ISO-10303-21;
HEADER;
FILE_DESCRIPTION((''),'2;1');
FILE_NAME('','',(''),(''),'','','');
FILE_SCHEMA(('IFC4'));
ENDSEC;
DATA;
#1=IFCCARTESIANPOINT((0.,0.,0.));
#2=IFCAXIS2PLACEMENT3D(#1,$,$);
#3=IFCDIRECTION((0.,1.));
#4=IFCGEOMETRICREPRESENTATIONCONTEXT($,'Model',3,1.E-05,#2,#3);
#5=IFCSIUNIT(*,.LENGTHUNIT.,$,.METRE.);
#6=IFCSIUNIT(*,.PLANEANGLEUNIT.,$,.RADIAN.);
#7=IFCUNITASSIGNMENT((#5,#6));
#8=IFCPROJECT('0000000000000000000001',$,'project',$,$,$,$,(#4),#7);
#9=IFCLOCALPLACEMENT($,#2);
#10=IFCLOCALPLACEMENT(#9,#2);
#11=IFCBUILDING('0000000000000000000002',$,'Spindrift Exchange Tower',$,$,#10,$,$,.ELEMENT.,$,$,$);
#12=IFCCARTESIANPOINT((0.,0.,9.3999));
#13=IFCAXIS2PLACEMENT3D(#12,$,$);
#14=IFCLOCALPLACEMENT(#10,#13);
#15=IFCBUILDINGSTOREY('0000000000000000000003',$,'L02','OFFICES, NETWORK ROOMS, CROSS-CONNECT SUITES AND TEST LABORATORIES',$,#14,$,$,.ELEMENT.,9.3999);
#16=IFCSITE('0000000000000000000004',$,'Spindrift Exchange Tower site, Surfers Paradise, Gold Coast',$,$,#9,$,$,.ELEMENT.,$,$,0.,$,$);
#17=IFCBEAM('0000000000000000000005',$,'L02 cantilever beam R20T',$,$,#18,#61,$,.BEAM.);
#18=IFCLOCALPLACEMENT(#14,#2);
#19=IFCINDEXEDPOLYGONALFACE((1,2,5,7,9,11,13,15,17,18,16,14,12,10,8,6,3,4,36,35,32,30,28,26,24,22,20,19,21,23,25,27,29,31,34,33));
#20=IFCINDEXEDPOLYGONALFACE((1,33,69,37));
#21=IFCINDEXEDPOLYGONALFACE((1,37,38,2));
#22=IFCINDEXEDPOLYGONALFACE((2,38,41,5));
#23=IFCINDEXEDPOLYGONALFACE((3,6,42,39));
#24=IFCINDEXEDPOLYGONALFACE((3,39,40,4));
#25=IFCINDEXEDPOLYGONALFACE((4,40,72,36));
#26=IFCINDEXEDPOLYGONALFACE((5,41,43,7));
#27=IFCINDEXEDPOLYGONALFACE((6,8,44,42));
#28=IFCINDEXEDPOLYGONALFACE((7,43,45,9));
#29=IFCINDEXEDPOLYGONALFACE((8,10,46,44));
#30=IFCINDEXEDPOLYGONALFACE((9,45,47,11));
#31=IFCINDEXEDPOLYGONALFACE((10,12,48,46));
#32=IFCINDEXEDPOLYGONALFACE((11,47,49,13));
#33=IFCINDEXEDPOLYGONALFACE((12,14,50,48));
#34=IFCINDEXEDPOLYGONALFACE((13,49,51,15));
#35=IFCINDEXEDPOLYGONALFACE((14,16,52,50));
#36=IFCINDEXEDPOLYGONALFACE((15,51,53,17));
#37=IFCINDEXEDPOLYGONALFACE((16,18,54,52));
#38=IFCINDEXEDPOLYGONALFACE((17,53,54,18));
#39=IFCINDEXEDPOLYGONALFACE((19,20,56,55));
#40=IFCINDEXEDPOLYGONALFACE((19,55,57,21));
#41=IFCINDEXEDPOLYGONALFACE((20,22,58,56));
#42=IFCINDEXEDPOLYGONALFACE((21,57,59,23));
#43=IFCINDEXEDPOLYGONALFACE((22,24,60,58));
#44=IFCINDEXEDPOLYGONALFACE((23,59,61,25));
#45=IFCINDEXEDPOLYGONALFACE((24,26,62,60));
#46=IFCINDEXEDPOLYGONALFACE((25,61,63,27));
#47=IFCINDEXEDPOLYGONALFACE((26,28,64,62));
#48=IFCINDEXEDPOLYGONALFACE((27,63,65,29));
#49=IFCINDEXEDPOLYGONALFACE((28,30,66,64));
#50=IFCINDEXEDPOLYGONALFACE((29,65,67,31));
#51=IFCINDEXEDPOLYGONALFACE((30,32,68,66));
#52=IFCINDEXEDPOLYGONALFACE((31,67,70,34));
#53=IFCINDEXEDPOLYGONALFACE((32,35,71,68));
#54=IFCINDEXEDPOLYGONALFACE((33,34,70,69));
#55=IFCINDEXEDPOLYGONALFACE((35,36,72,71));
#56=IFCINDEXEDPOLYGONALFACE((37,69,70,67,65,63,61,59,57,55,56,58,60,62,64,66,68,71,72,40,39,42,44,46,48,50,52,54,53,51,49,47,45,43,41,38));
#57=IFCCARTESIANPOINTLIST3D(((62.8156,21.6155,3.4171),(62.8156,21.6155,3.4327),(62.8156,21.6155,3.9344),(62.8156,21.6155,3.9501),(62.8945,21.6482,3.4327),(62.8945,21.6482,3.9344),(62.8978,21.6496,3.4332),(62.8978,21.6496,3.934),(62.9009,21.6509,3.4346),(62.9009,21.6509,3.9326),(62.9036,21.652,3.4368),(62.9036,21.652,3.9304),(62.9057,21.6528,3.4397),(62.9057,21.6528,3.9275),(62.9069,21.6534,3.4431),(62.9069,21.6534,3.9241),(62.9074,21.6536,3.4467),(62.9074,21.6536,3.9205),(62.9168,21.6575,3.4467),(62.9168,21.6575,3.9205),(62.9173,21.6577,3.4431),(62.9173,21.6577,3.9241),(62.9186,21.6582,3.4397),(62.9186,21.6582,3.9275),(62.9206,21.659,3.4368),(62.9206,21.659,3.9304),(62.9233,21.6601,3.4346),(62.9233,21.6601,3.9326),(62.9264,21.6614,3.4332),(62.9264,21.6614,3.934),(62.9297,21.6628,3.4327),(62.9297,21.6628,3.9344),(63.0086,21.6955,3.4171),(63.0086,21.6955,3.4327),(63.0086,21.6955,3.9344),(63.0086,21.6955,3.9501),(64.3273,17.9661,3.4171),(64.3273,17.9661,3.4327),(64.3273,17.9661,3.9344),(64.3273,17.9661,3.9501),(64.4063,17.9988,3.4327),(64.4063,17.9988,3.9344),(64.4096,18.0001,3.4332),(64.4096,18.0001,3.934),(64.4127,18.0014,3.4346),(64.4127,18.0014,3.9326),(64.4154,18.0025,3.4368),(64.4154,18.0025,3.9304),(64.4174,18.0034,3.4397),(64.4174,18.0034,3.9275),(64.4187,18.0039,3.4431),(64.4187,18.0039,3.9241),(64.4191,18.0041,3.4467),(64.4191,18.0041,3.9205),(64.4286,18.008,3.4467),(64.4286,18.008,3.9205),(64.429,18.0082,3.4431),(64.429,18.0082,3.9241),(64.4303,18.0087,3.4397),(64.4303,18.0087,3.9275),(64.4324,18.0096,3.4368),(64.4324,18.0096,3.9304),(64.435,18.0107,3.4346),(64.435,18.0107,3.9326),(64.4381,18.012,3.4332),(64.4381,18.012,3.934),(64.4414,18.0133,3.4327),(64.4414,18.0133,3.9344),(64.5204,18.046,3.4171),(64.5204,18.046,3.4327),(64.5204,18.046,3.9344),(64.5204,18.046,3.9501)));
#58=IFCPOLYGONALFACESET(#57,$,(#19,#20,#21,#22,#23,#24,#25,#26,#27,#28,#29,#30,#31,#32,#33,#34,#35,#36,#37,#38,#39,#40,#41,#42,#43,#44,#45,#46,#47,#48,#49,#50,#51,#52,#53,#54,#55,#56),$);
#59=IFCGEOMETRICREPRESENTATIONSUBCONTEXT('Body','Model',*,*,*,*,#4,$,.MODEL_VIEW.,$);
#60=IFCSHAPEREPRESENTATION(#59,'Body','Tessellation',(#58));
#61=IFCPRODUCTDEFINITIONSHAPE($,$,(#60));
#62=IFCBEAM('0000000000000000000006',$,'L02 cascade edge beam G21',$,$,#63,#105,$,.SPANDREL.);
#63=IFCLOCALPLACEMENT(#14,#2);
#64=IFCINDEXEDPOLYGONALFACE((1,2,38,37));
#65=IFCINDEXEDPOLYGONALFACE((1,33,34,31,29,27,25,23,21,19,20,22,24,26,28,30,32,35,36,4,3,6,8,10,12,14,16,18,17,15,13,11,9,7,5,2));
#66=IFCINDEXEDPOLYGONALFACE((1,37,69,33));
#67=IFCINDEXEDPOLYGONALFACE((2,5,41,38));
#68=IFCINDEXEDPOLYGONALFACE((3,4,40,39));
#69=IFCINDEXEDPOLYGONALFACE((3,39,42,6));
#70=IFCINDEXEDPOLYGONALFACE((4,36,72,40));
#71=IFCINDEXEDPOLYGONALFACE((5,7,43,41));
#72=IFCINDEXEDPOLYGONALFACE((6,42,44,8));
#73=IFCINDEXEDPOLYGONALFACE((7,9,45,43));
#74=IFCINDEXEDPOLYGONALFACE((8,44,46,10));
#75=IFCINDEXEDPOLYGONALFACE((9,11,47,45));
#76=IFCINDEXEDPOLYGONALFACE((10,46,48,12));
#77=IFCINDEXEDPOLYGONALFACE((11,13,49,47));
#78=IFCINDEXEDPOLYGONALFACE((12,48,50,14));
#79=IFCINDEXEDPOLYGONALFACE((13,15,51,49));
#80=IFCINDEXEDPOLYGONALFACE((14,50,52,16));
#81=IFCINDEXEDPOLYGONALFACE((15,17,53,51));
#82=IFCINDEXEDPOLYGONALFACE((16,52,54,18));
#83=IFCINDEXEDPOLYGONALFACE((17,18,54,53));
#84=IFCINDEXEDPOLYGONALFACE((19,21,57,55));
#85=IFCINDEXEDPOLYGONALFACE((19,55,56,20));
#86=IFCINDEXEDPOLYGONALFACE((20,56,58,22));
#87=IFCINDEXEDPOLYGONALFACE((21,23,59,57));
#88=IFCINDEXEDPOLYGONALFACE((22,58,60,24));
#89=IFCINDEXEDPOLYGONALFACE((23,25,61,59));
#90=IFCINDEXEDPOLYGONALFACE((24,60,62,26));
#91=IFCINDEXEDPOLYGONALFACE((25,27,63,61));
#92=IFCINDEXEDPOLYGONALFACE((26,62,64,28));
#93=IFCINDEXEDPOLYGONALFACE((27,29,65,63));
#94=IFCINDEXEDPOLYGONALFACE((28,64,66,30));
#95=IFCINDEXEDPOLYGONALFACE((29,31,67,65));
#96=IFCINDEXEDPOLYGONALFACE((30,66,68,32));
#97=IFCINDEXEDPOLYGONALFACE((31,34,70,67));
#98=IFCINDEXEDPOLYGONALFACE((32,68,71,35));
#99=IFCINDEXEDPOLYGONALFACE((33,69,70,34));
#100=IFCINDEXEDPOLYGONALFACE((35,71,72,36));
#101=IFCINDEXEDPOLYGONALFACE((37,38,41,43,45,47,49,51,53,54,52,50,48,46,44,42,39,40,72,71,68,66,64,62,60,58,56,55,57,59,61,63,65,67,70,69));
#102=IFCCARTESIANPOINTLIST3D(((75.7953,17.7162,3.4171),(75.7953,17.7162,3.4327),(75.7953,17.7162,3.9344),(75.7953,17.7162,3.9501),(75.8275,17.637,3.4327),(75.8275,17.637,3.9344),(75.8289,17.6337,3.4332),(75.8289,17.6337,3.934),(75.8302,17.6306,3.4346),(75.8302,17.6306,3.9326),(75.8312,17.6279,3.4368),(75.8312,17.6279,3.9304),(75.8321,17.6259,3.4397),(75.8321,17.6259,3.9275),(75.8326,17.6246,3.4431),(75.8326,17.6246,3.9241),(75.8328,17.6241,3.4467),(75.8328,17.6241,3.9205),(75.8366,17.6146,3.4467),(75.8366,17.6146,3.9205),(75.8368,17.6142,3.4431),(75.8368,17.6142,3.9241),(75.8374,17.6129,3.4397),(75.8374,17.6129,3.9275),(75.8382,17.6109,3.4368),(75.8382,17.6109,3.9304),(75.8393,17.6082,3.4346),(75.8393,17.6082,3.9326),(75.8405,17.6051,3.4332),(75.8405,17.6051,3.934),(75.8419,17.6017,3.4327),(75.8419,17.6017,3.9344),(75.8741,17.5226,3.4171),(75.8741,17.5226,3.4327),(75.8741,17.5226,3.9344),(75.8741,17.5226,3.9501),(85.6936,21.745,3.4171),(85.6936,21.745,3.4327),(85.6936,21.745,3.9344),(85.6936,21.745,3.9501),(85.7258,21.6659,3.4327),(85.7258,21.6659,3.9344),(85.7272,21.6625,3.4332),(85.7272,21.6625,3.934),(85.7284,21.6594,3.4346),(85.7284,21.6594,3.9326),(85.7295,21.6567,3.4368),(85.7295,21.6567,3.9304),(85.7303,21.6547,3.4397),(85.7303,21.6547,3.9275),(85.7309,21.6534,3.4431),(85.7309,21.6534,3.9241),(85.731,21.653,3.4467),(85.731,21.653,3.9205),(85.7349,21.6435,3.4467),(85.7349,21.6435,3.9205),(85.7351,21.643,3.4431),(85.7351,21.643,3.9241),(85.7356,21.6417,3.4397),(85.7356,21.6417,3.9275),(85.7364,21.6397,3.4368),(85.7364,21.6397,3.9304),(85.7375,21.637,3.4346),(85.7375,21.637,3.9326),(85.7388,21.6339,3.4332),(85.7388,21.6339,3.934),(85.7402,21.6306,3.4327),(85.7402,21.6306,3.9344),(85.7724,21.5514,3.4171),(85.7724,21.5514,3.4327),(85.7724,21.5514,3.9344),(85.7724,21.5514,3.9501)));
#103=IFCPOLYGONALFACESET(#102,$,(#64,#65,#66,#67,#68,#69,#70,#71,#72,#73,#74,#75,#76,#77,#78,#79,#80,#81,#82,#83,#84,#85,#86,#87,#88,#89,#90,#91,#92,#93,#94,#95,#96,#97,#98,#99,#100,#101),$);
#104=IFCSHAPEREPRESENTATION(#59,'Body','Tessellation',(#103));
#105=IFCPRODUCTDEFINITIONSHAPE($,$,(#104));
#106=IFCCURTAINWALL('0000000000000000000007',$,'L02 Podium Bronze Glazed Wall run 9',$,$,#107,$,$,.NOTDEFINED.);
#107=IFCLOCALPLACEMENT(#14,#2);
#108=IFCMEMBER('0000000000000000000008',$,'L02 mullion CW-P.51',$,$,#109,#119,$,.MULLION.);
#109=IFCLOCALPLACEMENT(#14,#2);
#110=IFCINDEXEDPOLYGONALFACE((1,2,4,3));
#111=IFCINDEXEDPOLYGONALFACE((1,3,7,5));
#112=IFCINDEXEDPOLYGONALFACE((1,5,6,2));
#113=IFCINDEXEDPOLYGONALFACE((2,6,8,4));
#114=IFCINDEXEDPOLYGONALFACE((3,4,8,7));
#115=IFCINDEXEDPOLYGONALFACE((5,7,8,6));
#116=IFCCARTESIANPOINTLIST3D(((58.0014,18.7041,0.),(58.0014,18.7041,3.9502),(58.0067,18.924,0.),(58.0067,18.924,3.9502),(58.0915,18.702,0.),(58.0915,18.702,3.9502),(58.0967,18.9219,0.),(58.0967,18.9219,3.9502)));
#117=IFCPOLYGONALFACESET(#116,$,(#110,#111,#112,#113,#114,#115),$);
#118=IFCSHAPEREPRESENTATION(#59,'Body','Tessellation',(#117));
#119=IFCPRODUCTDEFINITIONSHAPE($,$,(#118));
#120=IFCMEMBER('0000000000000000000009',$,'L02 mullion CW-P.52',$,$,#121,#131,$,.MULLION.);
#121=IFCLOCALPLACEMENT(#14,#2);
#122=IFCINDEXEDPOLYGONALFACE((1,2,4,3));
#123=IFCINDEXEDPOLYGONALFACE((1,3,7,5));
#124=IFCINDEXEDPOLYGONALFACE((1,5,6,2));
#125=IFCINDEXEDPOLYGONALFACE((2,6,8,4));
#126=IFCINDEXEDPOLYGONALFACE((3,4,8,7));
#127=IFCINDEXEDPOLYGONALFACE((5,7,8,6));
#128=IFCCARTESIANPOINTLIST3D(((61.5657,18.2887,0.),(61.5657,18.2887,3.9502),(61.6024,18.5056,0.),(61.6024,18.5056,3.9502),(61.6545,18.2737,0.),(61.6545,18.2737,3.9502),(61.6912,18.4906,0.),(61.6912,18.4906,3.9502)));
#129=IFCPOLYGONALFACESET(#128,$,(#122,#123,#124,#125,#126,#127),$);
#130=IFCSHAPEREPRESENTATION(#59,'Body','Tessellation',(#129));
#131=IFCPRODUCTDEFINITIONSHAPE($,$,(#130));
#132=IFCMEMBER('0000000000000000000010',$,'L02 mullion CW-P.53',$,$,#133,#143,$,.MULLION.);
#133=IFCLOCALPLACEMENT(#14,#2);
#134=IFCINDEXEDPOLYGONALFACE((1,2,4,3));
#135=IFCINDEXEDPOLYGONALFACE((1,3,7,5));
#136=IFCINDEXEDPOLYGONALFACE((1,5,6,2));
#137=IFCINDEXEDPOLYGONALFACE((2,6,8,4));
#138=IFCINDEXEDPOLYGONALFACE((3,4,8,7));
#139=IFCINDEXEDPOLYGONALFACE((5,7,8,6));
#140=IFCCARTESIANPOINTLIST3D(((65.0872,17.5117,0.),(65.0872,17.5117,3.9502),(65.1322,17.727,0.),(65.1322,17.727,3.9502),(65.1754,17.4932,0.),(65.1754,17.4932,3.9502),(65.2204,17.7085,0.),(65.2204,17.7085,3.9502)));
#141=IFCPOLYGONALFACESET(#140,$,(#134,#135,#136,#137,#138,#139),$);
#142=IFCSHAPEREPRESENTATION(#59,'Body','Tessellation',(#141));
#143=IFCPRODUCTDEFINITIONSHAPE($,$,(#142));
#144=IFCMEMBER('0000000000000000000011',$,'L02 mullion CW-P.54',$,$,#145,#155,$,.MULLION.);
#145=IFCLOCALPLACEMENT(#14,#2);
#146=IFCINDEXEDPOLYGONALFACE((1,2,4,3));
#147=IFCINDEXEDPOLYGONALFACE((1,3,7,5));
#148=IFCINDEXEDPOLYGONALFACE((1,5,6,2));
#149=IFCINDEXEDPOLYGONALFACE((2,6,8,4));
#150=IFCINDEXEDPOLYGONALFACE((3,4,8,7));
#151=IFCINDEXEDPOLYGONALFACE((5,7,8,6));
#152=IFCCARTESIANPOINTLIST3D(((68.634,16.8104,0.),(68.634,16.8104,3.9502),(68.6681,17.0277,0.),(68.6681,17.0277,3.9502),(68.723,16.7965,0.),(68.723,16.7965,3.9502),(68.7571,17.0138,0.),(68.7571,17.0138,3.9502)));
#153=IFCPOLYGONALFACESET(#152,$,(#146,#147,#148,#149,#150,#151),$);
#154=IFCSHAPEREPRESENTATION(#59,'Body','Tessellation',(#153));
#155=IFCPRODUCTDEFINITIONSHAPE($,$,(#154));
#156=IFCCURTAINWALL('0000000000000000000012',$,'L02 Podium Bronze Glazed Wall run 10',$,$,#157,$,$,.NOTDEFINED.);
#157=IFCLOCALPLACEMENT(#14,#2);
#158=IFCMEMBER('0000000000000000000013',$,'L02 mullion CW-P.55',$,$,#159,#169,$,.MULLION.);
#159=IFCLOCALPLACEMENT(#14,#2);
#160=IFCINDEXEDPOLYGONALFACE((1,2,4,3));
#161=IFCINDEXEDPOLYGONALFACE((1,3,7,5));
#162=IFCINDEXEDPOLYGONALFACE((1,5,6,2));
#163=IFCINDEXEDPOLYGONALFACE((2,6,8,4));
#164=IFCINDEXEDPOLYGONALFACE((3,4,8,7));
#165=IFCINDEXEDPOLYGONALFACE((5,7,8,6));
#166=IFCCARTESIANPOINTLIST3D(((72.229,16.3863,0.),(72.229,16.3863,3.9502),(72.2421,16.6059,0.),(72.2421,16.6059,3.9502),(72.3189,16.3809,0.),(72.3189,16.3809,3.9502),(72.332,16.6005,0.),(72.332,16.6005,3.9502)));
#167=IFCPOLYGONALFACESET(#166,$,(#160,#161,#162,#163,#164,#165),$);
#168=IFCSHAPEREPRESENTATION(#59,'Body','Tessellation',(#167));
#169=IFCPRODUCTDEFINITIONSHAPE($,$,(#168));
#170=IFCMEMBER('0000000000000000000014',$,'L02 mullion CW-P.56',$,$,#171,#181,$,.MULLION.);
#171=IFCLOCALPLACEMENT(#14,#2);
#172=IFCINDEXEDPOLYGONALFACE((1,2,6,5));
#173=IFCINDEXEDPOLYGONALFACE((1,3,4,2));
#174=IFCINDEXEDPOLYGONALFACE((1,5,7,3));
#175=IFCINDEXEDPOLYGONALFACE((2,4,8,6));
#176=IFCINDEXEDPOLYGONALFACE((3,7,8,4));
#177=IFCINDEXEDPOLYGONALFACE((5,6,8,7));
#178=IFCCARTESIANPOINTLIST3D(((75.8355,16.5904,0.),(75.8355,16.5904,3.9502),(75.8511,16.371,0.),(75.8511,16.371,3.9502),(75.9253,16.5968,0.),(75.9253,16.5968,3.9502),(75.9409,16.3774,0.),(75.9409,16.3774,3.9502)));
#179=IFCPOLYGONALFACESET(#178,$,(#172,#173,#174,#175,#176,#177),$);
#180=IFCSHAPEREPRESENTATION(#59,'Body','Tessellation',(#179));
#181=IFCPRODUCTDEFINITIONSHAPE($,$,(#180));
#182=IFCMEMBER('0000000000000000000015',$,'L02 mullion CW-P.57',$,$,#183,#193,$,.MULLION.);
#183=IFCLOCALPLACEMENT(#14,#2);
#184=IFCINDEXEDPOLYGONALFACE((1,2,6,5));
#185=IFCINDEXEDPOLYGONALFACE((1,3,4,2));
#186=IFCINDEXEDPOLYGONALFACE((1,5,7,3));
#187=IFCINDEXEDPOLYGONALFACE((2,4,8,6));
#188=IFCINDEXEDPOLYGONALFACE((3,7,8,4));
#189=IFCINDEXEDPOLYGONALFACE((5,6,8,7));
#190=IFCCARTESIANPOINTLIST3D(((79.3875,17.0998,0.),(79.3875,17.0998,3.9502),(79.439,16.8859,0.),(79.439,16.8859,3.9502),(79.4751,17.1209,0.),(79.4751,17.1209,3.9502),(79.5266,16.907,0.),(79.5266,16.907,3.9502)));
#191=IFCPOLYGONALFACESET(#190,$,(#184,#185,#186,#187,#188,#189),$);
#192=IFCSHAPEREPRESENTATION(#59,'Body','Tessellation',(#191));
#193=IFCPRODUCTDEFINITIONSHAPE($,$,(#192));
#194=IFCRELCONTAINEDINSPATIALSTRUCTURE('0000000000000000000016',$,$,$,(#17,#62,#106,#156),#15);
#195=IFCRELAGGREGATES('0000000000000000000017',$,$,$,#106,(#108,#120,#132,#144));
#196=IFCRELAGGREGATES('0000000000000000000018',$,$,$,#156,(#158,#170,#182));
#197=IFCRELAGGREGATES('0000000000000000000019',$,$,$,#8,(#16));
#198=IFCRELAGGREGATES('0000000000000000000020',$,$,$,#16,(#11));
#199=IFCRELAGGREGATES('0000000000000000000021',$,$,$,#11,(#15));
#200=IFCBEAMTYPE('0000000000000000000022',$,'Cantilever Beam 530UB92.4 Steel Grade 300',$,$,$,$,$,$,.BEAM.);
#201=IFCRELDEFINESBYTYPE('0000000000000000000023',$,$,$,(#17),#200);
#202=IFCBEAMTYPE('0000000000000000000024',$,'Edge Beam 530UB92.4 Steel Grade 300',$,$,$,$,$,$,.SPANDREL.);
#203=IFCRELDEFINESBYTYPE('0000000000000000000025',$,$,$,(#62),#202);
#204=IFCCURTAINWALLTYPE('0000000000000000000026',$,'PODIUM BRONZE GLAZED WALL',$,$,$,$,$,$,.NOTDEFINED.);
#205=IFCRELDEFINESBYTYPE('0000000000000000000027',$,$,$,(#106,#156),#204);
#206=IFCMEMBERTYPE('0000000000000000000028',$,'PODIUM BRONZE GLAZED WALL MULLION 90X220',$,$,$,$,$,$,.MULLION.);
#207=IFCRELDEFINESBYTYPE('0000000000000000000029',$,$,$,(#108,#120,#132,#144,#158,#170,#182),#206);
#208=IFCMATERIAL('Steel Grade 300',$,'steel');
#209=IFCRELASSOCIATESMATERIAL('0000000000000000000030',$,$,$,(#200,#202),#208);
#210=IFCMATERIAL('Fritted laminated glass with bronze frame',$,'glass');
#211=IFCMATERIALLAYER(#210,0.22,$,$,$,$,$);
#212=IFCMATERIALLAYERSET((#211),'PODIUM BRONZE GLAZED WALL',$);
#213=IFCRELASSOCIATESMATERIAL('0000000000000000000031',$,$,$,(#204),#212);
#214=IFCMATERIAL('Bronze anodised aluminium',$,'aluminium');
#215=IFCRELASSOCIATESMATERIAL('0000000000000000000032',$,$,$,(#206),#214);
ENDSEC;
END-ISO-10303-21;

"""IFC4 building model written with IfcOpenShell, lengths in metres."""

from ifc_helpers import new_model, si_unit, direction, frame, origin, origin_2d, place, context, subcontext, project, spatial, rectangle, i_section, extrude, source, transform, mapped, material, layer, layer_set, material_profile, profile_set, type_object, element, aggregate, save


model = new_model("IFC4")

# Units and contexts
model_context = context("Model", 3, precision=1e-05, world=origin(), true_north=direction((0.0, 1.0)))
body_context = subcontext(model_context, "Body", "Model", "MODEL_VIEW")
ifc_project = project(units=[si_unit("LENGTHUNIT", "METRE"), si_unit("PLANEANGLEUNIT", "RADIAN")], contexts=[model_context])

# Site, building, storey
site_placement = place(None, origin())
site = spatial("IfcSite", under=ifc_project, at=site_placement, Name="Spindrift Exchange Tower site, Surfers Paradise, Gold Coast", CompositionType="ELEMENT", RefElevation=0.0)
building_placement = place(site_placement, origin())
building = spatial("IfcBuilding", under=site, at=building_placement, Name="Spindrift Exchange Tower", CompositionType="ELEMENT")
storey_placement = place(building_placement, frame((0.0, 0.0, 9.3999)))
storey = spatial("IfcBuildingStorey", under=building, at=storey_placement, Name="L02", Description="OFFICES, NETWORK ROOMS, CROSS-CONNECT SUITES AND TEST LABORATORIES", CompositionType="ELEMENT", Elevation=9.3999)

# Beams
ifc_material_1 = material(Name="Steel Grade 300", Category="steel")
ifc_material_profile_1 = material_profile(ifc_material_1, i_section(OverallWidth=0.209, OverallDepth=0.533, WebThickness=0.0103, FlangeThickness=0.0156, FilletRadius=0.0139, at=origin_2d()), Name="530UB92.4")
ifc_profile_set_1 = profile_set([ifc_material_profile_1], Name="Steel Grade 300")
beam_type_1 = type_object("IfcBeamType", Name="Cantilever Beam 530UB92.4 Steel Grade 300", PredefinedType="BEAM", material=ifc_profile_set_1)
shared_shape_1 = source(origin(), body_context, "Body", "SweptSolid", [
    extrude(i_section(OverallWidth=0.209, OverallDepth=0.533, WebThickness=0.0103, FlangeThickness=0.0156, FilletRadius=0.0139, at=origin_2d()), origin(), (0.0, 0.0, 1.0), 3.9502),
])
beam_1_placement = place(storey_placement, frame((62.9121, 21.6555, 3.6836), z_axis=(0.382701, -0.923872, 0.0), x_axis=(0.923872, 0.382701, 0.0)))
element("IfcBeam", 1, at=beam_1_placement, inside=storey, type_object=beam_type_1, Name="L02 cantilever beam R20T", PredefinedType="BEAM", context=body_context, shape_type="MappedRepresentation", body=[
    mapped(shared_shape_1, transform((0.0, 0.0, 0.0), scale=1.0)),
])
ifc_material_profile_2 = material_profile(ifc_material_1, i_section(OverallWidth=0.209, OverallDepth=0.533, WebThickness=0.0103, FlangeThickness=0.0156, FilletRadius=0.0139, at=origin_2d()), Name="530UB92.4")
ifc_profile_set_2 = profile_set([ifc_material_profile_2], Name="Steel Grade 300")
beam_type_2 = type_object("IfcBeamType", Name="Edge Beam 530UB92.4 Steel Grade 300", PredefinedType="SPANDREL", material=ifc_profile_set_2)
shared_shape_2 = source(origin(), body_context, "Body", "SweptSolid", [
    extrude(i_section(OverallWidth=0.209, OverallDepth=0.533, WebThickness=0.0103, FlangeThickness=0.0156, FilletRadius=0.0139, at=origin_2d()), origin(), (0.0, 0.0, 1.0), 10.6868),
])
beam_2_placement = place(storey_placement, frame((75.8347, 17.6194, 3.6836), z_axis=(0.926216, 0.376993, 0.0), x_axis=(-0.376993, 0.926216, 0.0)))
element("IfcBeam", 2, at=beam_2_placement, inside=storey, type_object=beam_type_2, Name="L02 cascade edge beam G21", PredefinedType="SPANDREL", context=body_context, shape_type="MappedRepresentation", body=[
    mapped(shared_shape_2, transform((0.0, 0.0, 0.0), scale=1.0)),
])

# Curtain walls, members
ifc_material_2 = material(Name="Fritted laminated glass with bronze frame", Category="glass")
ifc_layer_1 = layer(ifc_material_2, 0.22)
ifc_layer_set_1 = layer_set([ifc_layer_1], Name="PODIUM BRONZE GLAZED WALL")
curtain_wall_type = type_object("IfcCurtainWallType", Name="PODIUM BRONZE GLAZED WALL", PredefinedType="NOTDEFINED", material=ifc_layer_set_1)
curtain_wall_1_placement = place(storey_placement, origin())
curtain_wall_1 = element("IfcCurtainWall", 3, at=curtain_wall_1_placement, inside=storey, type_object=curtain_wall_type, Name="L02 Podium Bronze Glazed Wall run 9", PredefinedType="NOTDEFINED")
ifc_material_3 = material(Name="Bronze anodised aluminium", Category="aluminium")
ifc_material_profile_3 = material_profile(ifc_material_3, rectangle(XDim=0.0901, YDim=0.22, at=origin_2d()), Name="PODIUM BRONZE GLAZED WALL MULLION 90X220")
ifc_profile_set_3 = profile_set([ifc_material_profile_3], Name="Bronze anodised aluminium")
member_type_1 = type_object("IfcMemberType", Name="PODIUM BRONZE GLAZED WALL MULLION 90X220", PredefinedType="MULLION", material=ifc_profile_set_3)
shared_shape_3 = source(origin(), body_context, "Body", "SweptSolid", [
    extrude(rectangle(XDim=0.0901, YDim=0.22, at=origin_2d()), origin(), (0.0, 0.0, 1.0), 3.9502),
])
member_1_placement = place(storey_placement, frame((58.0491, 18.813, 0.0), z_axis=(0.0, 0.0, 1.0), x_axis=(0.999715, -0.023881, 0.0)))
member_1 = element("IfcMember", 4, at=member_1_placement, type_object=member_type_1, Name="L02 mullion CW-P.51", PredefinedType="MULLION", context=body_context, shape_type="MappedRepresentation", body=[
    mapped(shared_shape_3, transform((0.0, 0.0, 0.0), scale=1.0)),
])
member_2_placement = place(storey_placement, frame((61.6284, 18.3896, 0.0), z_axis=(0.0, 0.0, 1.0), x_axis=(0.985977, -0.166879, 0.0)))
member_2 = element("IfcMember", 5, at=member_2_placement, type_object=member_type_1, Name="L02 mullion CW-P.52", PredefinedType="MULLION", context=body_context, shape_type="MappedRepresentation", body=[
    mapped(shared_shape_3, transform((0.0, 0.0, 0.0), scale=1.0)),
])
member_3_placement = place(storey_placement, frame((65.1538, 17.6101, 0.0), z_axis=(0.0, 0.0, 1.0), x_axis=(0.978833, -0.204663, 0.0)))
member_3 = element("IfcMember", 6, at=member_3_placement, type_object=member_type_1, Name="L02 mullion CW-P.53", PredefinedType="MULLION", context=body_context, shape_type="MappedRepresentation", body=[
    mapped(shared_shape_3, transform((0.0, 0.0, 0.0), scale=1.0)),
])
member_4_placement = place(storey_placement, frame((68.6956, 16.9121, 0.0), z_axis=(0.0, 0.0, 1.0), x_axis=(0.987946, -0.154799, 0.0)))
member_4 = element("IfcMember", 7, at=member_4_placement, type_object=member_type_1, Name="L02 mullion CW-P.54", PredefinedType="MULLION", context=body_context, shape_type="MappedRepresentation", body=[
    mapped(shared_shape_3, transform((0.0, 0.0, 0.0), scale=1.0)),
])
curtain_wall_2_placement = place(storey_placement, origin())
curtain_wall_2 = element("IfcCurtainWall", 8, at=curtain_wall_2_placement, inside=storey, type_object=curtain_wall_type, Name="L02 Podium Bronze Glazed Wall run 10", PredefinedType="NOTDEFINED")
member_5_placement = place(storey_placement, frame((72.2805, 16.4934, 0.0), z_axis=(0.0, 0.0, 1.0), x_axis=(0.998234, -0.059404, 0.0)))
member_5 = element("IfcMember", 9, at=member_5_placement, type_object=member_type_1, Name="L02 mullion CW-P.55", PredefinedType="MULLION", context=body_context, shape_type="MappedRepresentation", body=[
    mapped(shared_shape_3, transform((0.0, 0.0, 0.0), scale=1.0)),
])
member_6_placement = place(storey_placement, frame((75.8882, 16.4839, 0.0), z_axis=(0.0, 0.0, 1.0), x_axis=(0.997483, 0.070902, 0.0)))
member_6 = element("IfcMember", 10, at=member_6_placement, type_object=member_type_1, Name="L02 mullion CW-P.56", PredefinedType="MULLION", context=body_context, shape_type="MappedRepresentation", body=[
    mapped(shared_shape_3, transform((0.0, 0.0, 0.0), scale=1.0)),
])
member_7_placement = place(storey_placement, frame((79.457, 17.0034, 0.0), z_axis=(0.0, 0.0, 1.0), x_axis=(0.972168, 0.234285, 0.0)))
member_7 = element("IfcMember", 11, at=member_7_placement, type_object=member_type_1, Name="L02 mullion CW-P.57", PredefinedType="MULLION", context=body_context, shape_type="MappedRepresentation", body=[
    mapped(shared_shape_3, transform((0.0, 0.0, 0.0), scale=1.0)),
])

aggregate(curtain_wall_1, [member_1, member_2, member_3, member_4])
aggregate(curtain_wall_2, [member_5, member_6, member_7])

save(model, "model.ifc")
